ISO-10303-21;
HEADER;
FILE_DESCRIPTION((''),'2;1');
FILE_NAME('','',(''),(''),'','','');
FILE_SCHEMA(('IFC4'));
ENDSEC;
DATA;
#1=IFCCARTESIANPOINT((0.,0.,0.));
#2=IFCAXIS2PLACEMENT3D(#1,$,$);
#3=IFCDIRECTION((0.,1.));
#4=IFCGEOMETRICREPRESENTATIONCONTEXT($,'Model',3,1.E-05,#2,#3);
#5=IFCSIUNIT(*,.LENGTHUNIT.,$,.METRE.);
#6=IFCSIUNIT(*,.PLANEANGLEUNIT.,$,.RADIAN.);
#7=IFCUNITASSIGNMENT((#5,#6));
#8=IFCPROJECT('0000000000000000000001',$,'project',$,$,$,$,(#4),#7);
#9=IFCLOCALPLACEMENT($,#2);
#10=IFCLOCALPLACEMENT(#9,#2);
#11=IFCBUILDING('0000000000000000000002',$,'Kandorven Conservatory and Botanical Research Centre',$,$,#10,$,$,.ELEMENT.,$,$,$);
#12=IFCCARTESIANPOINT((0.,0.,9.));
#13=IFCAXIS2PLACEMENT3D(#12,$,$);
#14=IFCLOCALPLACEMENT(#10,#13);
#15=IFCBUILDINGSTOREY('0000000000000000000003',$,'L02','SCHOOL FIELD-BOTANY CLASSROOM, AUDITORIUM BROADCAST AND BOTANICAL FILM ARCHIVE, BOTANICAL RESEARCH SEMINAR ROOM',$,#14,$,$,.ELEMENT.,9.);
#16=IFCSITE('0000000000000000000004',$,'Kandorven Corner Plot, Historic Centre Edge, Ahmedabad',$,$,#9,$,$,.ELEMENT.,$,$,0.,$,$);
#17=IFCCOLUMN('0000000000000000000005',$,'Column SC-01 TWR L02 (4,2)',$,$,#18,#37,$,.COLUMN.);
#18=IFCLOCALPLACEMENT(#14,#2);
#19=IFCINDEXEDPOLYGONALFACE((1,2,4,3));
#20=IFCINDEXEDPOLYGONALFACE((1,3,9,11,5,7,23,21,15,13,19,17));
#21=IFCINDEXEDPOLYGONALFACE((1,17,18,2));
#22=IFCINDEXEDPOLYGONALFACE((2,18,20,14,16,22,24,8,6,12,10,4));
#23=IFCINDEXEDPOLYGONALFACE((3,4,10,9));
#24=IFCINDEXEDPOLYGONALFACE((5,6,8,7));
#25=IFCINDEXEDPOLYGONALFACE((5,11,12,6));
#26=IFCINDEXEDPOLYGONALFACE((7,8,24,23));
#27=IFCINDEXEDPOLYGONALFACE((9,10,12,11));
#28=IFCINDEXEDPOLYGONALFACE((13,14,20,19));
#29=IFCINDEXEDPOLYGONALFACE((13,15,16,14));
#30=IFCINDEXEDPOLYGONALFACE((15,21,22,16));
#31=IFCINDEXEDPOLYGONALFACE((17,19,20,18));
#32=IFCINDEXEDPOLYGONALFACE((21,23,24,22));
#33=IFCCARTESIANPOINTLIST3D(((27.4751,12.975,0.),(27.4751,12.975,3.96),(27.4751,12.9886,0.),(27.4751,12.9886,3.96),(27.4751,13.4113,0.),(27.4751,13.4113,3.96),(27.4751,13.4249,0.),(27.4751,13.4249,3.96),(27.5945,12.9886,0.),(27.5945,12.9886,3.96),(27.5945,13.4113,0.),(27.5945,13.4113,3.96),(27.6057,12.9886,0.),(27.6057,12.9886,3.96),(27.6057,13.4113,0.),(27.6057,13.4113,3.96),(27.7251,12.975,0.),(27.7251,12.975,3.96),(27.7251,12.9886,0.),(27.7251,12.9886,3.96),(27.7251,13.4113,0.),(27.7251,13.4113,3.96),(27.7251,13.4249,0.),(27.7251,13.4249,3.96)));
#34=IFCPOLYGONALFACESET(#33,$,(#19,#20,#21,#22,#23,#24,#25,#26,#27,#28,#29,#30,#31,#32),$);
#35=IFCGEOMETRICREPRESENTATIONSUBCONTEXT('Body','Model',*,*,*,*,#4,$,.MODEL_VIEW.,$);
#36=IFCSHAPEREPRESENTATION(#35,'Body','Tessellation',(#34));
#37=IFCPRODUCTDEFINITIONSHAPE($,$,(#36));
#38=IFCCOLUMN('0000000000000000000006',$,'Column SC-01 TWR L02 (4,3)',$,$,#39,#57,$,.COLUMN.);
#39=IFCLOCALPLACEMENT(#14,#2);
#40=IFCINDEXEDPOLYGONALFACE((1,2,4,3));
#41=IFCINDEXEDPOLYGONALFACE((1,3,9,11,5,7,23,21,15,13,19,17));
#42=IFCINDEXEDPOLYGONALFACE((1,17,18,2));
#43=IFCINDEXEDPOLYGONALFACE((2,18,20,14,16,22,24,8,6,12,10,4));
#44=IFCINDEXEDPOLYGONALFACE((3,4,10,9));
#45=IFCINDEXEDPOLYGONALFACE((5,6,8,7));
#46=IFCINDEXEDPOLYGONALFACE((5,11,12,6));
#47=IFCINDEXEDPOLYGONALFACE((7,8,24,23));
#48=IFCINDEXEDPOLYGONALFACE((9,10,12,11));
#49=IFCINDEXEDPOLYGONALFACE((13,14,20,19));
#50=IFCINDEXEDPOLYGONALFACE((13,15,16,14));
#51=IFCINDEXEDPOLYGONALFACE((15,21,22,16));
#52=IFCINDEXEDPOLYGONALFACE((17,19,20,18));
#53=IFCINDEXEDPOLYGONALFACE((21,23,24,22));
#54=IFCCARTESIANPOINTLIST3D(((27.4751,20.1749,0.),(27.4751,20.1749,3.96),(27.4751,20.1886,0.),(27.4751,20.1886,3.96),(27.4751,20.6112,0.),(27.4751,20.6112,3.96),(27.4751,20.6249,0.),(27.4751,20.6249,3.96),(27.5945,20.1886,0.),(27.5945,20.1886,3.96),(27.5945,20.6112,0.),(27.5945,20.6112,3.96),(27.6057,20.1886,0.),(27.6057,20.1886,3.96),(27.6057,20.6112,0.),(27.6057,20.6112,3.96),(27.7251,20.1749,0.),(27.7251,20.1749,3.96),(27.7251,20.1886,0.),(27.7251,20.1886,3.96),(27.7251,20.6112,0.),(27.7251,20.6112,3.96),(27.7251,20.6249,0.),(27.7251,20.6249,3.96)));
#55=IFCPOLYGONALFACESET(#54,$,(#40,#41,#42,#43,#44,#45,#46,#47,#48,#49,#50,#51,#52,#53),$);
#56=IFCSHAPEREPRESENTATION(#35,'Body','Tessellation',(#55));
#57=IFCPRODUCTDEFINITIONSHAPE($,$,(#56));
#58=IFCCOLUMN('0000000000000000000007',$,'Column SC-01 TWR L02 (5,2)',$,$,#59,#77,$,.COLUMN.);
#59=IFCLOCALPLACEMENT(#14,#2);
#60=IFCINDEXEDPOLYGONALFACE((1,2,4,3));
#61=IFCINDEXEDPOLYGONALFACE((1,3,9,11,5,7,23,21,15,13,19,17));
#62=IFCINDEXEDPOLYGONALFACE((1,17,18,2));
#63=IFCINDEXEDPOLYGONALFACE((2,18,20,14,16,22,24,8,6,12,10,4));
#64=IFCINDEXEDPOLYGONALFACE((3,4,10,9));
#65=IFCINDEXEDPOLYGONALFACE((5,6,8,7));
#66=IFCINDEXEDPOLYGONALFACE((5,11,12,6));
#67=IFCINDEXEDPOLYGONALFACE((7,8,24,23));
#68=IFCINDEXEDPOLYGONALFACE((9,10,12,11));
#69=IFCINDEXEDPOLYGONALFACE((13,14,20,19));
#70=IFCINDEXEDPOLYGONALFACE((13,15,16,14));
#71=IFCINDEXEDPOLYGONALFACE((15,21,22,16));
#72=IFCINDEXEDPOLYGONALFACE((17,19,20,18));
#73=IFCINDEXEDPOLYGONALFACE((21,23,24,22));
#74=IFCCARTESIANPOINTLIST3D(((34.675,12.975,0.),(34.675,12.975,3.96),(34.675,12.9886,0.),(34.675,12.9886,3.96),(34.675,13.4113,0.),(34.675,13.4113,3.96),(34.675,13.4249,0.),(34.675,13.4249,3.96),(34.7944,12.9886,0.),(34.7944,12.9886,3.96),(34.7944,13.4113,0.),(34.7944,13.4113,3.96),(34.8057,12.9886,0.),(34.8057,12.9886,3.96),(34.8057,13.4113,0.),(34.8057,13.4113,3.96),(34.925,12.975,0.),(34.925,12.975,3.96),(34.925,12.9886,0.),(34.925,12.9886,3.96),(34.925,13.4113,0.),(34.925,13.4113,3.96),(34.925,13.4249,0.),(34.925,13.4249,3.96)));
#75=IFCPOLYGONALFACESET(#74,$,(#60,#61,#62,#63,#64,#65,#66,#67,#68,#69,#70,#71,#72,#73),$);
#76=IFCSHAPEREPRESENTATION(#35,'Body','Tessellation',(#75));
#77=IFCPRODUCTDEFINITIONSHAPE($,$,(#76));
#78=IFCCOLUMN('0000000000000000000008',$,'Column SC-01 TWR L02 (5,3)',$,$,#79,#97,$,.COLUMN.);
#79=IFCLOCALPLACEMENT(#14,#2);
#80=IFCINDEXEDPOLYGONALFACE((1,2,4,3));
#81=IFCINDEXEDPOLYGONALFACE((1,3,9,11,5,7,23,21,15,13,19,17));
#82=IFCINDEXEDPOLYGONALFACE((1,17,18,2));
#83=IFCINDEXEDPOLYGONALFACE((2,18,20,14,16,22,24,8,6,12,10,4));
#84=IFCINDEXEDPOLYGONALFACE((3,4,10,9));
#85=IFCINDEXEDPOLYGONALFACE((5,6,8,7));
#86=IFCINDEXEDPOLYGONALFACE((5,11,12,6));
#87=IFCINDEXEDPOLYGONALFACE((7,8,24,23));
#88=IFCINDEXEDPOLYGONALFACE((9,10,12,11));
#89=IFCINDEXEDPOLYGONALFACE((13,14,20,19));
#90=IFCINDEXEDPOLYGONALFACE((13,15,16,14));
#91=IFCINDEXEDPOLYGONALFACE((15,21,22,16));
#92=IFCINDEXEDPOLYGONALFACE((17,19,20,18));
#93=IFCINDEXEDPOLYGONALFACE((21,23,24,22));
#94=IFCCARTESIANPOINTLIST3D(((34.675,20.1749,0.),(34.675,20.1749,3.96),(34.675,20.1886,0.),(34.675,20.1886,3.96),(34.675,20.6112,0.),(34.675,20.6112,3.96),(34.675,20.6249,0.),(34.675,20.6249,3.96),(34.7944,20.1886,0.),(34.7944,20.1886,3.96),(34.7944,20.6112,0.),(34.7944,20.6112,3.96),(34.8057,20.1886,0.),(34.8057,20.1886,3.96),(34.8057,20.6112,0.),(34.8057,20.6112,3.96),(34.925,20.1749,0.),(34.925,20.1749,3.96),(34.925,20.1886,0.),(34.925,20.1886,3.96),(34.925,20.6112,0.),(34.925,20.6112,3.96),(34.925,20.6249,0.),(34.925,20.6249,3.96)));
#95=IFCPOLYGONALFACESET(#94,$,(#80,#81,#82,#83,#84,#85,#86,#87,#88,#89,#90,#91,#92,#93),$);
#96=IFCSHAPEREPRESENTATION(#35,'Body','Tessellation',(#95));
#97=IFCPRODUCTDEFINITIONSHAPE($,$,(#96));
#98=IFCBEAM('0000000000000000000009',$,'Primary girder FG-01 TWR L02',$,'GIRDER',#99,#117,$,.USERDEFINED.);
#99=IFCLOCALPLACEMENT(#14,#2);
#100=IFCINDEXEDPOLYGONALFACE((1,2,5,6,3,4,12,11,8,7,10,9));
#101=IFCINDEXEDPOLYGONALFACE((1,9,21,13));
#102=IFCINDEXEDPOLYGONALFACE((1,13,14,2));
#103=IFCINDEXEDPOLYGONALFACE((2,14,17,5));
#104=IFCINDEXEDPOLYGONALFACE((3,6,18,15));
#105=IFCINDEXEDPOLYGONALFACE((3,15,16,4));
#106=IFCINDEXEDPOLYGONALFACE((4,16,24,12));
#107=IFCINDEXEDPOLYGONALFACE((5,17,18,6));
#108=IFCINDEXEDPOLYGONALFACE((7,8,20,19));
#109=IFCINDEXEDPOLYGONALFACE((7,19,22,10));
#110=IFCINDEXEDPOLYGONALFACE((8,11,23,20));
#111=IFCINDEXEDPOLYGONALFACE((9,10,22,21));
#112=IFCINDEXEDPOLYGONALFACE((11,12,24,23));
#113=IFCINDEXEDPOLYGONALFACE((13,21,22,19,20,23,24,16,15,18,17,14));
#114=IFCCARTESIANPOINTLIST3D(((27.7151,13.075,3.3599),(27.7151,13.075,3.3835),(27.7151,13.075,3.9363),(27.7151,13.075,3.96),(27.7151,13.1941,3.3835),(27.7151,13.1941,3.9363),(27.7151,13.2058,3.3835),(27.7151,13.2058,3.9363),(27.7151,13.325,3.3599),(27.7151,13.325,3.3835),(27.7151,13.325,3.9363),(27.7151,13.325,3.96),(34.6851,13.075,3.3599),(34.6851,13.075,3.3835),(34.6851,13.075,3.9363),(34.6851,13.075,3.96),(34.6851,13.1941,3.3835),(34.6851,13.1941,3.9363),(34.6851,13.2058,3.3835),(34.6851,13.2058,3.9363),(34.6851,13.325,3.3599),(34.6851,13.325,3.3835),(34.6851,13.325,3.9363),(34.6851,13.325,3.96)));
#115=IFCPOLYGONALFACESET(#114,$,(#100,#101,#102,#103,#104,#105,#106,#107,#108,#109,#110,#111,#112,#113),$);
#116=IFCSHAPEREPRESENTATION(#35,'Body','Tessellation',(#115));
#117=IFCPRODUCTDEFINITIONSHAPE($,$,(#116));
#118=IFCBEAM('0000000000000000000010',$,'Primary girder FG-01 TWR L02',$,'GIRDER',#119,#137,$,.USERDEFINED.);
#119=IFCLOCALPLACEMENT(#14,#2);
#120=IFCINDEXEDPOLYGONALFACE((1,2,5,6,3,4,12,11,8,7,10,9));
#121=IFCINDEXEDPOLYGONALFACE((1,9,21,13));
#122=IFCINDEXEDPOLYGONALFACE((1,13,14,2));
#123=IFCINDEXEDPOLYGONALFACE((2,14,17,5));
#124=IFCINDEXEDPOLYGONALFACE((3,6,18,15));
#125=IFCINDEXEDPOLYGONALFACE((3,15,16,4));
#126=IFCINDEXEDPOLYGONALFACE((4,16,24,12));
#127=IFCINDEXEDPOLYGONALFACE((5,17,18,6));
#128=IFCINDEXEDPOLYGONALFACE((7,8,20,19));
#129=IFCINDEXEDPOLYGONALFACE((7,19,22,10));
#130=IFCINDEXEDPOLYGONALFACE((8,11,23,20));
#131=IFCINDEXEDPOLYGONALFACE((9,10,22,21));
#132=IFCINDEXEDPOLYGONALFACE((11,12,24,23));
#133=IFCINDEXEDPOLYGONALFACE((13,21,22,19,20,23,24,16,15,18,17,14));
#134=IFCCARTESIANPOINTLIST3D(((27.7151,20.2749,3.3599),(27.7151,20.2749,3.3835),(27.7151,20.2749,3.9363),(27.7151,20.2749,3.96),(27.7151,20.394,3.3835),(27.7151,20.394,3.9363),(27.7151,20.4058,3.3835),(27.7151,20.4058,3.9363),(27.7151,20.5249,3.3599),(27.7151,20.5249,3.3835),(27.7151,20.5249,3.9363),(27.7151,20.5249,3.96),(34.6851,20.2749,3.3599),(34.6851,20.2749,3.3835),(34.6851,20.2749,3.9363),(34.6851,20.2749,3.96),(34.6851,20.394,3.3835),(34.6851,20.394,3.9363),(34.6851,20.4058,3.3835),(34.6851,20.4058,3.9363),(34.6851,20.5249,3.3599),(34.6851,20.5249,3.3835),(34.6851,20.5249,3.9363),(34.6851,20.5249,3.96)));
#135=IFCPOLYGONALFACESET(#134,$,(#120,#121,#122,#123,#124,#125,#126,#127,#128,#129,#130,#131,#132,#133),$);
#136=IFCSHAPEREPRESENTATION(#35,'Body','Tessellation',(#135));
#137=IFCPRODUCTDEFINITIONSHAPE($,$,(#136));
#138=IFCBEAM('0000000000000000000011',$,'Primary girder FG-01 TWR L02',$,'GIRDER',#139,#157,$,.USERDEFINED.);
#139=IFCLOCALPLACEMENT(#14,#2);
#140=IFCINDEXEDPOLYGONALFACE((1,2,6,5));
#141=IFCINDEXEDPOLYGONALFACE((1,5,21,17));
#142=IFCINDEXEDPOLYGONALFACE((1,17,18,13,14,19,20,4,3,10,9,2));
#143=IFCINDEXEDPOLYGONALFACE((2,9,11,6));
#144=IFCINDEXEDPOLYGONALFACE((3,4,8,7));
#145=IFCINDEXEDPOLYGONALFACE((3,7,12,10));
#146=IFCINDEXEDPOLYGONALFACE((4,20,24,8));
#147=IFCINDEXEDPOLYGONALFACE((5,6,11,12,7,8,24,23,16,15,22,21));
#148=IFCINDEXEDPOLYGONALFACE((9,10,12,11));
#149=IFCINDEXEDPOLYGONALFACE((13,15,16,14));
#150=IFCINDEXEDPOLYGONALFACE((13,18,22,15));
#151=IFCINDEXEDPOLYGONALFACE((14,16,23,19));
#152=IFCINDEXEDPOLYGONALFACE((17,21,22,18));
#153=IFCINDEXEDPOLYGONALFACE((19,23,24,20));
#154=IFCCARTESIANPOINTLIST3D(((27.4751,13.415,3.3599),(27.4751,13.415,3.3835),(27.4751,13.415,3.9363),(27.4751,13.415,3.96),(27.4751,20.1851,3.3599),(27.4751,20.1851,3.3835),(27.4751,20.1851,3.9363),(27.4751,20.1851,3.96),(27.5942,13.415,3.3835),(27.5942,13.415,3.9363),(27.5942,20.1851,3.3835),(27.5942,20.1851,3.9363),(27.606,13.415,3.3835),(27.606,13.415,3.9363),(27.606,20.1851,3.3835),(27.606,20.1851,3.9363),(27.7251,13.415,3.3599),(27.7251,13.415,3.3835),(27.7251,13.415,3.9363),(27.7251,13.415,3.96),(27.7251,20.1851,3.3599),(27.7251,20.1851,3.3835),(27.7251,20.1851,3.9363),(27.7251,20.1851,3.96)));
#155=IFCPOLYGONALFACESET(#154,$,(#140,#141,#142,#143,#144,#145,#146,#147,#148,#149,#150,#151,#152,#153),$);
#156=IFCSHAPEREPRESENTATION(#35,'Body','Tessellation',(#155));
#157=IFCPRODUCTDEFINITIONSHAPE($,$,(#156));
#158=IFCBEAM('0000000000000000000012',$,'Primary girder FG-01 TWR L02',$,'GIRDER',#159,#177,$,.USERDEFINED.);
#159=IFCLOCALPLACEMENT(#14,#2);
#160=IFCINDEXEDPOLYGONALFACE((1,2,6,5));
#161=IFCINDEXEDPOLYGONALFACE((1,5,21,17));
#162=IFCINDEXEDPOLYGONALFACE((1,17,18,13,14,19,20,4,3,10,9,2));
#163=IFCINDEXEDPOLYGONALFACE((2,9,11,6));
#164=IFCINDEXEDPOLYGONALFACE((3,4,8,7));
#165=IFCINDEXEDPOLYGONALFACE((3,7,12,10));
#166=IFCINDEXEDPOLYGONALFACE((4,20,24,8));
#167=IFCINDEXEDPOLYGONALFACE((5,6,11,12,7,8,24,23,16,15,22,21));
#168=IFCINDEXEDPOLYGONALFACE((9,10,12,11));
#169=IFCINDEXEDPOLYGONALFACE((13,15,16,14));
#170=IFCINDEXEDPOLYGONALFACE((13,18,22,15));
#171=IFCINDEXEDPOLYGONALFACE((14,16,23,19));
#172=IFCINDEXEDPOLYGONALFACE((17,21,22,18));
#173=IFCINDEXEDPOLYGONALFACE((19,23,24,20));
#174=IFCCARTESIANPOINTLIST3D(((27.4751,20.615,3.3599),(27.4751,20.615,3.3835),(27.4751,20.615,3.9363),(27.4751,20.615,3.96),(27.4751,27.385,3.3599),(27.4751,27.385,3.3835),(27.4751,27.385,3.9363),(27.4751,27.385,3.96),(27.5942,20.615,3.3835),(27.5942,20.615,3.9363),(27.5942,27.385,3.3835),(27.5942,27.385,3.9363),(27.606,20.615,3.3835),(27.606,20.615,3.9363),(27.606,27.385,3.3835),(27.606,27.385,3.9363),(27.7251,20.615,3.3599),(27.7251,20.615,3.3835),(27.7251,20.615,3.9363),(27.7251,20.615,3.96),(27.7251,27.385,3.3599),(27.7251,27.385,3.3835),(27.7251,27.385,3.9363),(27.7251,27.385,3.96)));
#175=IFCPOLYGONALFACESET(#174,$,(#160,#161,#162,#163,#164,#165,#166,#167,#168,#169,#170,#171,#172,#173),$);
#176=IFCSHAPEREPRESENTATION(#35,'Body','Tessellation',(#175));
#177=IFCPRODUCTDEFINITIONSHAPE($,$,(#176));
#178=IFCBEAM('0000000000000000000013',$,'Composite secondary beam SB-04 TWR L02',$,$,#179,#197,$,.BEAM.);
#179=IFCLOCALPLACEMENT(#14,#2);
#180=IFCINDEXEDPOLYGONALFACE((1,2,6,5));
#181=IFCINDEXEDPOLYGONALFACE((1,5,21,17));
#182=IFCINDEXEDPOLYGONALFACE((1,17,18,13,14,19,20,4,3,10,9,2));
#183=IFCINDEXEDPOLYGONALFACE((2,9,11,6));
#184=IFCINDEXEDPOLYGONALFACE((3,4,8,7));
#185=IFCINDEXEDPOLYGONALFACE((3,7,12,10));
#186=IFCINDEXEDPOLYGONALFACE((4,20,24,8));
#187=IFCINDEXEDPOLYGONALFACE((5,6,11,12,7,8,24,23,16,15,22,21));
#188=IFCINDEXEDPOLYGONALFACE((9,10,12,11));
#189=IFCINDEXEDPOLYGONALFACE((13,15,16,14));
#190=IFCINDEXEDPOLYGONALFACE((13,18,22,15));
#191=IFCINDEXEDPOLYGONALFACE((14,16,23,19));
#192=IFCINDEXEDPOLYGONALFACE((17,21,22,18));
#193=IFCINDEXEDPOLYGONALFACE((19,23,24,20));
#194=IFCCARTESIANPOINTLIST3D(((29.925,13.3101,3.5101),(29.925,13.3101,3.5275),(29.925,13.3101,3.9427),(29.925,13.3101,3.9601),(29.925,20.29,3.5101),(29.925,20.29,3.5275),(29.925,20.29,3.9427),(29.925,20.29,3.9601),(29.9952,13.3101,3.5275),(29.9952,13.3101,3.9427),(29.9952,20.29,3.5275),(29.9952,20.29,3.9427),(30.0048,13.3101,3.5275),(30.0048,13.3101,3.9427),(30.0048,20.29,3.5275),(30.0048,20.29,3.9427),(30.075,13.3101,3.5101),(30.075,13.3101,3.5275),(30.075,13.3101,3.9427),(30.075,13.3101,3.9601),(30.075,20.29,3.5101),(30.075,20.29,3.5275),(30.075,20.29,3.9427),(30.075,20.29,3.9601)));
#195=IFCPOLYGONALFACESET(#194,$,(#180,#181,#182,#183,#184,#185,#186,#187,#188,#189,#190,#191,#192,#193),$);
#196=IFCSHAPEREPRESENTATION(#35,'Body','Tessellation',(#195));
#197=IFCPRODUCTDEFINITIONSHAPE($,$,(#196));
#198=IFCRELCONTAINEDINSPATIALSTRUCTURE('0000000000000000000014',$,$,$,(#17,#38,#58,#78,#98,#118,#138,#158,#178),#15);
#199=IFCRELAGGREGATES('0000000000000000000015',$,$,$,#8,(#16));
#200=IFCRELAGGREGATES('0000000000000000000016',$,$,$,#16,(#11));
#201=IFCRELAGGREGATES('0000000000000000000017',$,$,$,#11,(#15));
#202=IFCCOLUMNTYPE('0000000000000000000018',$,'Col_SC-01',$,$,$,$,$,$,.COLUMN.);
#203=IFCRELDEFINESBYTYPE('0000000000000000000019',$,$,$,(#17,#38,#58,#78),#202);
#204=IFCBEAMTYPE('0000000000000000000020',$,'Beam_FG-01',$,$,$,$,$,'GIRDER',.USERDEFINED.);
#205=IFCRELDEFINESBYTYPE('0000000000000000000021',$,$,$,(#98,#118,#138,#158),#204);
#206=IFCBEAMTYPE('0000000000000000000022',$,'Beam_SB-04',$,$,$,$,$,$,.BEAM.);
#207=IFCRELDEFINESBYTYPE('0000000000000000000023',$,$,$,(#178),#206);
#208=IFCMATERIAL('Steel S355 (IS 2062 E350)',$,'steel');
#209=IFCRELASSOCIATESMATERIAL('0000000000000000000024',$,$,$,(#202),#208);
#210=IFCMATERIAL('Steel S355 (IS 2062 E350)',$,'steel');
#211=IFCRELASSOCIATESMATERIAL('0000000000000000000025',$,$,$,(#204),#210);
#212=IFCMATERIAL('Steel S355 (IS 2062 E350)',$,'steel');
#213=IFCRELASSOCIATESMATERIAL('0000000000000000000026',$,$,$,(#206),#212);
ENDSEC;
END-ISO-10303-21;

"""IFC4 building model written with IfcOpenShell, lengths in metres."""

from ifc_helpers import new_model, si_unit, direction, frame, origin, origin_2d, place, context, subcontext, project, spatial, i_section, extrude, material, material_profile, profile_set, type_object, element, save


model = new_model("IFC4")

# Units and contexts
model_context = context("Model", 3, precision=1e-05, world=origin(), true_north=direction((0.0, 1.0)))
body_context = subcontext(model_context, "Body", "Model", "MODEL_VIEW")
ifc_project = project(units=[si_unit("LENGTHUNIT", "METRE"), si_unit("PLANEANGLEUNIT", "RADIAN")], contexts=[model_context])

# Site, building, storey
site_placement = place(None, origin())
site = spatial("IfcSite", under=ifc_project, at=site_placement, Name="Kandorven Corner Plot, Historic Centre Edge, Ahmedabad", CompositionType="ELEMENT", RefElevation=0.0)
building_placement = place(site_placement, origin())
building = spatial("IfcBuilding", under=site, at=building_placement, Name="Kandorven Conservatory and Botanical Research Centre", CompositionType="ELEMENT")
storey_placement = place(building_placement, frame((0.0, 0.0, 9.0)))
storey = spatial("IfcBuildingStorey", under=building, at=storey_placement, Name="L02", Description="SCHOOL FIELD-BOTANY CLASSROOM, AUDITORIUM BROADCAST AND BOTANICAL FILM ARCHIVE, BOTANICAL RESEARCH SEMINAR ROOM", CompositionType="ELEMENT", Elevation=9.0)

# Columns
ifc_material_1 = material(Name="Steel S355 (IS 2062 E350)", Category="steel")
ifc_material_profile_1 = material_profile(ifc_material_1, i_section(OverallWidth=0.25, OverallDepth=0.45, WebThickness=0.0112, FlangeThickness=0.0137, at=origin_2d()))
ifc_profile_set_1 = profile_set([ifc_material_profile_1], Name="Steel S355 (IS 2062 E350)")
column_type = type_object("IfcColumnType", Name="Col_SC-01", PredefinedType="COLUMN", material=ifc_profile_set_1)
for number, where, z_axis, x_axis, name in (
    (1, (27.6001, 13.2, 0.0), (0.0, 0.0, 1.0), (1.0, 0.0, 0.0), "Column SC-01 TWR L02 (4,2)"),
    (2, (27.6001, 20.3999, 0.0), (0.0, 0.0, 1.0), (1.0, 0.0, 0.0), "Column SC-01 TWR L02 (4,3)"),
    (3, (34.8, 13.2, 0.0), (0.0, 0.0, 1.0), (1.0, 0.0, 0.0), "Column SC-01 TWR L02 (5,2)"),
    (4, (34.8, 20.3999, 0.0), (0.0, 0.0, 1.0), (1.0, 0.0, 0.0), "Column SC-01 TWR L02 (5,3)"),
):
    element("IfcColumn", number, at=place(storey_placement, frame(where, z_axis=z_axis, x_axis=x_axis)), inside=storey, type_object=column_type, Name=name, PredefinedType="COLUMN", context=body_context, shape_type="SweptSolid", body=[
        extrude(i_section(OverallWidth=0.25, OverallDepth=0.45, WebThickness=0.0112, FlangeThickness=0.0137, at=origin_2d()), origin(), (0.0, 0.0, 1.0), 3.96),
    ])

# Beams
ifc_material_2 = material(Name="Steel S355 (IS 2062 E350)", Category="steel")
ifc_material_profile_2 = material_profile(ifc_material_2, i_section(OverallWidth=0.25, OverallDepth=0.6001, WebThickness=0.0117, FlangeThickness=0.0237, at=origin_2d()))
ifc_profile_set_2 = profile_set([ifc_material_profile_2], Name="Steel S355 (IS 2062 E350)")
beam_type_1 = type_object("IfcBeamType", Name="Beam_FG-01", ElementType="GIRDER", PredefinedType="USERDEFINED", material=ifc_profile_set_2)
for number, where, z_axis, x_axis, name in (
    (5, (27.7151, 13.2, 3.6599), (1.0, 0.0, 0.0), (0.0, 1.0, 0.0), "Primary girder FG-01 TWR L02"),
    (6, (27.7151, 20.3999, 3.6599), (1.0, 0.0, 0.0), (0.0, 1.0, 0.0), "Primary girder FG-01 TWR L02"),
):
    element("IfcBeam", number, at=place(storey_placement, frame(where, z_axis=z_axis, x_axis=x_axis)), inside=storey, type_object=beam_type_1, Name=name, ObjectType="GIRDER", PredefinedType="USERDEFINED", context=body_context, shape_type="SweptSolid", body=[
        extrude(i_section(OverallWidth=0.25, OverallDepth=0.6001, WebThickness=0.0117, FlangeThickness=0.0237, at=origin_2d()), origin(), (0.0, 0.0, 1.0), 6.97),
    ])
for number, where, z_axis, x_axis, name in (
    (7, (27.6001, 13.415, 3.6599), (0.0, 1.0, 0.0), (-1.0, 0.0, 0.0), "Primary girder FG-01 TWR L02"),
    (8, (27.6001, 20.615, 3.6599), (0.0, 1.0, 0.0), (-1.0, 0.0, 0.0), "Primary girder FG-01 TWR L02"),
):
    element("IfcBeam", number, at=place(storey_placement, frame(where, z_axis=z_axis, x_axis=x_axis)), inside=storey, type_object=beam_type_1, Name=name, ObjectType="GIRDER", PredefinedType="USERDEFINED", context=body_context, shape_type="SweptSolid", body=[
        extrude(i_section(OverallWidth=0.25, OverallDepth=0.6001, WebThickness=0.0117, FlangeThickness=0.0237, at=origin_2d()), origin(), (0.0, 0.0, 1.0), 6.77),
    ])
ifc_material_3 = material(Name="Steel S355 (IS 2062 E350)", Category="steel")
ifc_material_profile_3 = material_profile(ifc_material_3, i_section(OverallWidth=0.1499, OverallDepth=0.45, WebThickness=0.0095, FlangeThickness=0.0173, at=origin_2d()))
ifc_profile_set_3 = profile_set([ifc_material_profile_3], Name="Steel S355 (IS 2062 E350)")
beam_type_2 = type_object("IfcBeamType", Name="Beam_SB-04", PredefinedType="BEAM", material=ifc_profile_set_3)
for number, where, z_axis, x_axis, name in (
    (9, (30.0, 13.3101, 3.7351), (0.0, 1.0, 0.0), (-1.0, 0.0, 0.0), "Composite secondary beam SB-04 TWR L02"),
):
    element("IfcBeam", number, at=place(storey_placement, frame(where, z_axis=z_axis, x_axis=x_axis)), inside=storey, type_object=beam_type_2, Name=name, PredefinedType="BEAM", context=body_context, shape_type="SweptSolid", body=[
        extrude(i_section(OverallWidth=0.1499, OverallDepth=0.45, WebThickness=0.0095, FlangeThickness=0.0173, at=origin_2d()), origin(), (0.0, 0.0, 1.0), 6.98),
    ])

save(model, "model.ifc")
